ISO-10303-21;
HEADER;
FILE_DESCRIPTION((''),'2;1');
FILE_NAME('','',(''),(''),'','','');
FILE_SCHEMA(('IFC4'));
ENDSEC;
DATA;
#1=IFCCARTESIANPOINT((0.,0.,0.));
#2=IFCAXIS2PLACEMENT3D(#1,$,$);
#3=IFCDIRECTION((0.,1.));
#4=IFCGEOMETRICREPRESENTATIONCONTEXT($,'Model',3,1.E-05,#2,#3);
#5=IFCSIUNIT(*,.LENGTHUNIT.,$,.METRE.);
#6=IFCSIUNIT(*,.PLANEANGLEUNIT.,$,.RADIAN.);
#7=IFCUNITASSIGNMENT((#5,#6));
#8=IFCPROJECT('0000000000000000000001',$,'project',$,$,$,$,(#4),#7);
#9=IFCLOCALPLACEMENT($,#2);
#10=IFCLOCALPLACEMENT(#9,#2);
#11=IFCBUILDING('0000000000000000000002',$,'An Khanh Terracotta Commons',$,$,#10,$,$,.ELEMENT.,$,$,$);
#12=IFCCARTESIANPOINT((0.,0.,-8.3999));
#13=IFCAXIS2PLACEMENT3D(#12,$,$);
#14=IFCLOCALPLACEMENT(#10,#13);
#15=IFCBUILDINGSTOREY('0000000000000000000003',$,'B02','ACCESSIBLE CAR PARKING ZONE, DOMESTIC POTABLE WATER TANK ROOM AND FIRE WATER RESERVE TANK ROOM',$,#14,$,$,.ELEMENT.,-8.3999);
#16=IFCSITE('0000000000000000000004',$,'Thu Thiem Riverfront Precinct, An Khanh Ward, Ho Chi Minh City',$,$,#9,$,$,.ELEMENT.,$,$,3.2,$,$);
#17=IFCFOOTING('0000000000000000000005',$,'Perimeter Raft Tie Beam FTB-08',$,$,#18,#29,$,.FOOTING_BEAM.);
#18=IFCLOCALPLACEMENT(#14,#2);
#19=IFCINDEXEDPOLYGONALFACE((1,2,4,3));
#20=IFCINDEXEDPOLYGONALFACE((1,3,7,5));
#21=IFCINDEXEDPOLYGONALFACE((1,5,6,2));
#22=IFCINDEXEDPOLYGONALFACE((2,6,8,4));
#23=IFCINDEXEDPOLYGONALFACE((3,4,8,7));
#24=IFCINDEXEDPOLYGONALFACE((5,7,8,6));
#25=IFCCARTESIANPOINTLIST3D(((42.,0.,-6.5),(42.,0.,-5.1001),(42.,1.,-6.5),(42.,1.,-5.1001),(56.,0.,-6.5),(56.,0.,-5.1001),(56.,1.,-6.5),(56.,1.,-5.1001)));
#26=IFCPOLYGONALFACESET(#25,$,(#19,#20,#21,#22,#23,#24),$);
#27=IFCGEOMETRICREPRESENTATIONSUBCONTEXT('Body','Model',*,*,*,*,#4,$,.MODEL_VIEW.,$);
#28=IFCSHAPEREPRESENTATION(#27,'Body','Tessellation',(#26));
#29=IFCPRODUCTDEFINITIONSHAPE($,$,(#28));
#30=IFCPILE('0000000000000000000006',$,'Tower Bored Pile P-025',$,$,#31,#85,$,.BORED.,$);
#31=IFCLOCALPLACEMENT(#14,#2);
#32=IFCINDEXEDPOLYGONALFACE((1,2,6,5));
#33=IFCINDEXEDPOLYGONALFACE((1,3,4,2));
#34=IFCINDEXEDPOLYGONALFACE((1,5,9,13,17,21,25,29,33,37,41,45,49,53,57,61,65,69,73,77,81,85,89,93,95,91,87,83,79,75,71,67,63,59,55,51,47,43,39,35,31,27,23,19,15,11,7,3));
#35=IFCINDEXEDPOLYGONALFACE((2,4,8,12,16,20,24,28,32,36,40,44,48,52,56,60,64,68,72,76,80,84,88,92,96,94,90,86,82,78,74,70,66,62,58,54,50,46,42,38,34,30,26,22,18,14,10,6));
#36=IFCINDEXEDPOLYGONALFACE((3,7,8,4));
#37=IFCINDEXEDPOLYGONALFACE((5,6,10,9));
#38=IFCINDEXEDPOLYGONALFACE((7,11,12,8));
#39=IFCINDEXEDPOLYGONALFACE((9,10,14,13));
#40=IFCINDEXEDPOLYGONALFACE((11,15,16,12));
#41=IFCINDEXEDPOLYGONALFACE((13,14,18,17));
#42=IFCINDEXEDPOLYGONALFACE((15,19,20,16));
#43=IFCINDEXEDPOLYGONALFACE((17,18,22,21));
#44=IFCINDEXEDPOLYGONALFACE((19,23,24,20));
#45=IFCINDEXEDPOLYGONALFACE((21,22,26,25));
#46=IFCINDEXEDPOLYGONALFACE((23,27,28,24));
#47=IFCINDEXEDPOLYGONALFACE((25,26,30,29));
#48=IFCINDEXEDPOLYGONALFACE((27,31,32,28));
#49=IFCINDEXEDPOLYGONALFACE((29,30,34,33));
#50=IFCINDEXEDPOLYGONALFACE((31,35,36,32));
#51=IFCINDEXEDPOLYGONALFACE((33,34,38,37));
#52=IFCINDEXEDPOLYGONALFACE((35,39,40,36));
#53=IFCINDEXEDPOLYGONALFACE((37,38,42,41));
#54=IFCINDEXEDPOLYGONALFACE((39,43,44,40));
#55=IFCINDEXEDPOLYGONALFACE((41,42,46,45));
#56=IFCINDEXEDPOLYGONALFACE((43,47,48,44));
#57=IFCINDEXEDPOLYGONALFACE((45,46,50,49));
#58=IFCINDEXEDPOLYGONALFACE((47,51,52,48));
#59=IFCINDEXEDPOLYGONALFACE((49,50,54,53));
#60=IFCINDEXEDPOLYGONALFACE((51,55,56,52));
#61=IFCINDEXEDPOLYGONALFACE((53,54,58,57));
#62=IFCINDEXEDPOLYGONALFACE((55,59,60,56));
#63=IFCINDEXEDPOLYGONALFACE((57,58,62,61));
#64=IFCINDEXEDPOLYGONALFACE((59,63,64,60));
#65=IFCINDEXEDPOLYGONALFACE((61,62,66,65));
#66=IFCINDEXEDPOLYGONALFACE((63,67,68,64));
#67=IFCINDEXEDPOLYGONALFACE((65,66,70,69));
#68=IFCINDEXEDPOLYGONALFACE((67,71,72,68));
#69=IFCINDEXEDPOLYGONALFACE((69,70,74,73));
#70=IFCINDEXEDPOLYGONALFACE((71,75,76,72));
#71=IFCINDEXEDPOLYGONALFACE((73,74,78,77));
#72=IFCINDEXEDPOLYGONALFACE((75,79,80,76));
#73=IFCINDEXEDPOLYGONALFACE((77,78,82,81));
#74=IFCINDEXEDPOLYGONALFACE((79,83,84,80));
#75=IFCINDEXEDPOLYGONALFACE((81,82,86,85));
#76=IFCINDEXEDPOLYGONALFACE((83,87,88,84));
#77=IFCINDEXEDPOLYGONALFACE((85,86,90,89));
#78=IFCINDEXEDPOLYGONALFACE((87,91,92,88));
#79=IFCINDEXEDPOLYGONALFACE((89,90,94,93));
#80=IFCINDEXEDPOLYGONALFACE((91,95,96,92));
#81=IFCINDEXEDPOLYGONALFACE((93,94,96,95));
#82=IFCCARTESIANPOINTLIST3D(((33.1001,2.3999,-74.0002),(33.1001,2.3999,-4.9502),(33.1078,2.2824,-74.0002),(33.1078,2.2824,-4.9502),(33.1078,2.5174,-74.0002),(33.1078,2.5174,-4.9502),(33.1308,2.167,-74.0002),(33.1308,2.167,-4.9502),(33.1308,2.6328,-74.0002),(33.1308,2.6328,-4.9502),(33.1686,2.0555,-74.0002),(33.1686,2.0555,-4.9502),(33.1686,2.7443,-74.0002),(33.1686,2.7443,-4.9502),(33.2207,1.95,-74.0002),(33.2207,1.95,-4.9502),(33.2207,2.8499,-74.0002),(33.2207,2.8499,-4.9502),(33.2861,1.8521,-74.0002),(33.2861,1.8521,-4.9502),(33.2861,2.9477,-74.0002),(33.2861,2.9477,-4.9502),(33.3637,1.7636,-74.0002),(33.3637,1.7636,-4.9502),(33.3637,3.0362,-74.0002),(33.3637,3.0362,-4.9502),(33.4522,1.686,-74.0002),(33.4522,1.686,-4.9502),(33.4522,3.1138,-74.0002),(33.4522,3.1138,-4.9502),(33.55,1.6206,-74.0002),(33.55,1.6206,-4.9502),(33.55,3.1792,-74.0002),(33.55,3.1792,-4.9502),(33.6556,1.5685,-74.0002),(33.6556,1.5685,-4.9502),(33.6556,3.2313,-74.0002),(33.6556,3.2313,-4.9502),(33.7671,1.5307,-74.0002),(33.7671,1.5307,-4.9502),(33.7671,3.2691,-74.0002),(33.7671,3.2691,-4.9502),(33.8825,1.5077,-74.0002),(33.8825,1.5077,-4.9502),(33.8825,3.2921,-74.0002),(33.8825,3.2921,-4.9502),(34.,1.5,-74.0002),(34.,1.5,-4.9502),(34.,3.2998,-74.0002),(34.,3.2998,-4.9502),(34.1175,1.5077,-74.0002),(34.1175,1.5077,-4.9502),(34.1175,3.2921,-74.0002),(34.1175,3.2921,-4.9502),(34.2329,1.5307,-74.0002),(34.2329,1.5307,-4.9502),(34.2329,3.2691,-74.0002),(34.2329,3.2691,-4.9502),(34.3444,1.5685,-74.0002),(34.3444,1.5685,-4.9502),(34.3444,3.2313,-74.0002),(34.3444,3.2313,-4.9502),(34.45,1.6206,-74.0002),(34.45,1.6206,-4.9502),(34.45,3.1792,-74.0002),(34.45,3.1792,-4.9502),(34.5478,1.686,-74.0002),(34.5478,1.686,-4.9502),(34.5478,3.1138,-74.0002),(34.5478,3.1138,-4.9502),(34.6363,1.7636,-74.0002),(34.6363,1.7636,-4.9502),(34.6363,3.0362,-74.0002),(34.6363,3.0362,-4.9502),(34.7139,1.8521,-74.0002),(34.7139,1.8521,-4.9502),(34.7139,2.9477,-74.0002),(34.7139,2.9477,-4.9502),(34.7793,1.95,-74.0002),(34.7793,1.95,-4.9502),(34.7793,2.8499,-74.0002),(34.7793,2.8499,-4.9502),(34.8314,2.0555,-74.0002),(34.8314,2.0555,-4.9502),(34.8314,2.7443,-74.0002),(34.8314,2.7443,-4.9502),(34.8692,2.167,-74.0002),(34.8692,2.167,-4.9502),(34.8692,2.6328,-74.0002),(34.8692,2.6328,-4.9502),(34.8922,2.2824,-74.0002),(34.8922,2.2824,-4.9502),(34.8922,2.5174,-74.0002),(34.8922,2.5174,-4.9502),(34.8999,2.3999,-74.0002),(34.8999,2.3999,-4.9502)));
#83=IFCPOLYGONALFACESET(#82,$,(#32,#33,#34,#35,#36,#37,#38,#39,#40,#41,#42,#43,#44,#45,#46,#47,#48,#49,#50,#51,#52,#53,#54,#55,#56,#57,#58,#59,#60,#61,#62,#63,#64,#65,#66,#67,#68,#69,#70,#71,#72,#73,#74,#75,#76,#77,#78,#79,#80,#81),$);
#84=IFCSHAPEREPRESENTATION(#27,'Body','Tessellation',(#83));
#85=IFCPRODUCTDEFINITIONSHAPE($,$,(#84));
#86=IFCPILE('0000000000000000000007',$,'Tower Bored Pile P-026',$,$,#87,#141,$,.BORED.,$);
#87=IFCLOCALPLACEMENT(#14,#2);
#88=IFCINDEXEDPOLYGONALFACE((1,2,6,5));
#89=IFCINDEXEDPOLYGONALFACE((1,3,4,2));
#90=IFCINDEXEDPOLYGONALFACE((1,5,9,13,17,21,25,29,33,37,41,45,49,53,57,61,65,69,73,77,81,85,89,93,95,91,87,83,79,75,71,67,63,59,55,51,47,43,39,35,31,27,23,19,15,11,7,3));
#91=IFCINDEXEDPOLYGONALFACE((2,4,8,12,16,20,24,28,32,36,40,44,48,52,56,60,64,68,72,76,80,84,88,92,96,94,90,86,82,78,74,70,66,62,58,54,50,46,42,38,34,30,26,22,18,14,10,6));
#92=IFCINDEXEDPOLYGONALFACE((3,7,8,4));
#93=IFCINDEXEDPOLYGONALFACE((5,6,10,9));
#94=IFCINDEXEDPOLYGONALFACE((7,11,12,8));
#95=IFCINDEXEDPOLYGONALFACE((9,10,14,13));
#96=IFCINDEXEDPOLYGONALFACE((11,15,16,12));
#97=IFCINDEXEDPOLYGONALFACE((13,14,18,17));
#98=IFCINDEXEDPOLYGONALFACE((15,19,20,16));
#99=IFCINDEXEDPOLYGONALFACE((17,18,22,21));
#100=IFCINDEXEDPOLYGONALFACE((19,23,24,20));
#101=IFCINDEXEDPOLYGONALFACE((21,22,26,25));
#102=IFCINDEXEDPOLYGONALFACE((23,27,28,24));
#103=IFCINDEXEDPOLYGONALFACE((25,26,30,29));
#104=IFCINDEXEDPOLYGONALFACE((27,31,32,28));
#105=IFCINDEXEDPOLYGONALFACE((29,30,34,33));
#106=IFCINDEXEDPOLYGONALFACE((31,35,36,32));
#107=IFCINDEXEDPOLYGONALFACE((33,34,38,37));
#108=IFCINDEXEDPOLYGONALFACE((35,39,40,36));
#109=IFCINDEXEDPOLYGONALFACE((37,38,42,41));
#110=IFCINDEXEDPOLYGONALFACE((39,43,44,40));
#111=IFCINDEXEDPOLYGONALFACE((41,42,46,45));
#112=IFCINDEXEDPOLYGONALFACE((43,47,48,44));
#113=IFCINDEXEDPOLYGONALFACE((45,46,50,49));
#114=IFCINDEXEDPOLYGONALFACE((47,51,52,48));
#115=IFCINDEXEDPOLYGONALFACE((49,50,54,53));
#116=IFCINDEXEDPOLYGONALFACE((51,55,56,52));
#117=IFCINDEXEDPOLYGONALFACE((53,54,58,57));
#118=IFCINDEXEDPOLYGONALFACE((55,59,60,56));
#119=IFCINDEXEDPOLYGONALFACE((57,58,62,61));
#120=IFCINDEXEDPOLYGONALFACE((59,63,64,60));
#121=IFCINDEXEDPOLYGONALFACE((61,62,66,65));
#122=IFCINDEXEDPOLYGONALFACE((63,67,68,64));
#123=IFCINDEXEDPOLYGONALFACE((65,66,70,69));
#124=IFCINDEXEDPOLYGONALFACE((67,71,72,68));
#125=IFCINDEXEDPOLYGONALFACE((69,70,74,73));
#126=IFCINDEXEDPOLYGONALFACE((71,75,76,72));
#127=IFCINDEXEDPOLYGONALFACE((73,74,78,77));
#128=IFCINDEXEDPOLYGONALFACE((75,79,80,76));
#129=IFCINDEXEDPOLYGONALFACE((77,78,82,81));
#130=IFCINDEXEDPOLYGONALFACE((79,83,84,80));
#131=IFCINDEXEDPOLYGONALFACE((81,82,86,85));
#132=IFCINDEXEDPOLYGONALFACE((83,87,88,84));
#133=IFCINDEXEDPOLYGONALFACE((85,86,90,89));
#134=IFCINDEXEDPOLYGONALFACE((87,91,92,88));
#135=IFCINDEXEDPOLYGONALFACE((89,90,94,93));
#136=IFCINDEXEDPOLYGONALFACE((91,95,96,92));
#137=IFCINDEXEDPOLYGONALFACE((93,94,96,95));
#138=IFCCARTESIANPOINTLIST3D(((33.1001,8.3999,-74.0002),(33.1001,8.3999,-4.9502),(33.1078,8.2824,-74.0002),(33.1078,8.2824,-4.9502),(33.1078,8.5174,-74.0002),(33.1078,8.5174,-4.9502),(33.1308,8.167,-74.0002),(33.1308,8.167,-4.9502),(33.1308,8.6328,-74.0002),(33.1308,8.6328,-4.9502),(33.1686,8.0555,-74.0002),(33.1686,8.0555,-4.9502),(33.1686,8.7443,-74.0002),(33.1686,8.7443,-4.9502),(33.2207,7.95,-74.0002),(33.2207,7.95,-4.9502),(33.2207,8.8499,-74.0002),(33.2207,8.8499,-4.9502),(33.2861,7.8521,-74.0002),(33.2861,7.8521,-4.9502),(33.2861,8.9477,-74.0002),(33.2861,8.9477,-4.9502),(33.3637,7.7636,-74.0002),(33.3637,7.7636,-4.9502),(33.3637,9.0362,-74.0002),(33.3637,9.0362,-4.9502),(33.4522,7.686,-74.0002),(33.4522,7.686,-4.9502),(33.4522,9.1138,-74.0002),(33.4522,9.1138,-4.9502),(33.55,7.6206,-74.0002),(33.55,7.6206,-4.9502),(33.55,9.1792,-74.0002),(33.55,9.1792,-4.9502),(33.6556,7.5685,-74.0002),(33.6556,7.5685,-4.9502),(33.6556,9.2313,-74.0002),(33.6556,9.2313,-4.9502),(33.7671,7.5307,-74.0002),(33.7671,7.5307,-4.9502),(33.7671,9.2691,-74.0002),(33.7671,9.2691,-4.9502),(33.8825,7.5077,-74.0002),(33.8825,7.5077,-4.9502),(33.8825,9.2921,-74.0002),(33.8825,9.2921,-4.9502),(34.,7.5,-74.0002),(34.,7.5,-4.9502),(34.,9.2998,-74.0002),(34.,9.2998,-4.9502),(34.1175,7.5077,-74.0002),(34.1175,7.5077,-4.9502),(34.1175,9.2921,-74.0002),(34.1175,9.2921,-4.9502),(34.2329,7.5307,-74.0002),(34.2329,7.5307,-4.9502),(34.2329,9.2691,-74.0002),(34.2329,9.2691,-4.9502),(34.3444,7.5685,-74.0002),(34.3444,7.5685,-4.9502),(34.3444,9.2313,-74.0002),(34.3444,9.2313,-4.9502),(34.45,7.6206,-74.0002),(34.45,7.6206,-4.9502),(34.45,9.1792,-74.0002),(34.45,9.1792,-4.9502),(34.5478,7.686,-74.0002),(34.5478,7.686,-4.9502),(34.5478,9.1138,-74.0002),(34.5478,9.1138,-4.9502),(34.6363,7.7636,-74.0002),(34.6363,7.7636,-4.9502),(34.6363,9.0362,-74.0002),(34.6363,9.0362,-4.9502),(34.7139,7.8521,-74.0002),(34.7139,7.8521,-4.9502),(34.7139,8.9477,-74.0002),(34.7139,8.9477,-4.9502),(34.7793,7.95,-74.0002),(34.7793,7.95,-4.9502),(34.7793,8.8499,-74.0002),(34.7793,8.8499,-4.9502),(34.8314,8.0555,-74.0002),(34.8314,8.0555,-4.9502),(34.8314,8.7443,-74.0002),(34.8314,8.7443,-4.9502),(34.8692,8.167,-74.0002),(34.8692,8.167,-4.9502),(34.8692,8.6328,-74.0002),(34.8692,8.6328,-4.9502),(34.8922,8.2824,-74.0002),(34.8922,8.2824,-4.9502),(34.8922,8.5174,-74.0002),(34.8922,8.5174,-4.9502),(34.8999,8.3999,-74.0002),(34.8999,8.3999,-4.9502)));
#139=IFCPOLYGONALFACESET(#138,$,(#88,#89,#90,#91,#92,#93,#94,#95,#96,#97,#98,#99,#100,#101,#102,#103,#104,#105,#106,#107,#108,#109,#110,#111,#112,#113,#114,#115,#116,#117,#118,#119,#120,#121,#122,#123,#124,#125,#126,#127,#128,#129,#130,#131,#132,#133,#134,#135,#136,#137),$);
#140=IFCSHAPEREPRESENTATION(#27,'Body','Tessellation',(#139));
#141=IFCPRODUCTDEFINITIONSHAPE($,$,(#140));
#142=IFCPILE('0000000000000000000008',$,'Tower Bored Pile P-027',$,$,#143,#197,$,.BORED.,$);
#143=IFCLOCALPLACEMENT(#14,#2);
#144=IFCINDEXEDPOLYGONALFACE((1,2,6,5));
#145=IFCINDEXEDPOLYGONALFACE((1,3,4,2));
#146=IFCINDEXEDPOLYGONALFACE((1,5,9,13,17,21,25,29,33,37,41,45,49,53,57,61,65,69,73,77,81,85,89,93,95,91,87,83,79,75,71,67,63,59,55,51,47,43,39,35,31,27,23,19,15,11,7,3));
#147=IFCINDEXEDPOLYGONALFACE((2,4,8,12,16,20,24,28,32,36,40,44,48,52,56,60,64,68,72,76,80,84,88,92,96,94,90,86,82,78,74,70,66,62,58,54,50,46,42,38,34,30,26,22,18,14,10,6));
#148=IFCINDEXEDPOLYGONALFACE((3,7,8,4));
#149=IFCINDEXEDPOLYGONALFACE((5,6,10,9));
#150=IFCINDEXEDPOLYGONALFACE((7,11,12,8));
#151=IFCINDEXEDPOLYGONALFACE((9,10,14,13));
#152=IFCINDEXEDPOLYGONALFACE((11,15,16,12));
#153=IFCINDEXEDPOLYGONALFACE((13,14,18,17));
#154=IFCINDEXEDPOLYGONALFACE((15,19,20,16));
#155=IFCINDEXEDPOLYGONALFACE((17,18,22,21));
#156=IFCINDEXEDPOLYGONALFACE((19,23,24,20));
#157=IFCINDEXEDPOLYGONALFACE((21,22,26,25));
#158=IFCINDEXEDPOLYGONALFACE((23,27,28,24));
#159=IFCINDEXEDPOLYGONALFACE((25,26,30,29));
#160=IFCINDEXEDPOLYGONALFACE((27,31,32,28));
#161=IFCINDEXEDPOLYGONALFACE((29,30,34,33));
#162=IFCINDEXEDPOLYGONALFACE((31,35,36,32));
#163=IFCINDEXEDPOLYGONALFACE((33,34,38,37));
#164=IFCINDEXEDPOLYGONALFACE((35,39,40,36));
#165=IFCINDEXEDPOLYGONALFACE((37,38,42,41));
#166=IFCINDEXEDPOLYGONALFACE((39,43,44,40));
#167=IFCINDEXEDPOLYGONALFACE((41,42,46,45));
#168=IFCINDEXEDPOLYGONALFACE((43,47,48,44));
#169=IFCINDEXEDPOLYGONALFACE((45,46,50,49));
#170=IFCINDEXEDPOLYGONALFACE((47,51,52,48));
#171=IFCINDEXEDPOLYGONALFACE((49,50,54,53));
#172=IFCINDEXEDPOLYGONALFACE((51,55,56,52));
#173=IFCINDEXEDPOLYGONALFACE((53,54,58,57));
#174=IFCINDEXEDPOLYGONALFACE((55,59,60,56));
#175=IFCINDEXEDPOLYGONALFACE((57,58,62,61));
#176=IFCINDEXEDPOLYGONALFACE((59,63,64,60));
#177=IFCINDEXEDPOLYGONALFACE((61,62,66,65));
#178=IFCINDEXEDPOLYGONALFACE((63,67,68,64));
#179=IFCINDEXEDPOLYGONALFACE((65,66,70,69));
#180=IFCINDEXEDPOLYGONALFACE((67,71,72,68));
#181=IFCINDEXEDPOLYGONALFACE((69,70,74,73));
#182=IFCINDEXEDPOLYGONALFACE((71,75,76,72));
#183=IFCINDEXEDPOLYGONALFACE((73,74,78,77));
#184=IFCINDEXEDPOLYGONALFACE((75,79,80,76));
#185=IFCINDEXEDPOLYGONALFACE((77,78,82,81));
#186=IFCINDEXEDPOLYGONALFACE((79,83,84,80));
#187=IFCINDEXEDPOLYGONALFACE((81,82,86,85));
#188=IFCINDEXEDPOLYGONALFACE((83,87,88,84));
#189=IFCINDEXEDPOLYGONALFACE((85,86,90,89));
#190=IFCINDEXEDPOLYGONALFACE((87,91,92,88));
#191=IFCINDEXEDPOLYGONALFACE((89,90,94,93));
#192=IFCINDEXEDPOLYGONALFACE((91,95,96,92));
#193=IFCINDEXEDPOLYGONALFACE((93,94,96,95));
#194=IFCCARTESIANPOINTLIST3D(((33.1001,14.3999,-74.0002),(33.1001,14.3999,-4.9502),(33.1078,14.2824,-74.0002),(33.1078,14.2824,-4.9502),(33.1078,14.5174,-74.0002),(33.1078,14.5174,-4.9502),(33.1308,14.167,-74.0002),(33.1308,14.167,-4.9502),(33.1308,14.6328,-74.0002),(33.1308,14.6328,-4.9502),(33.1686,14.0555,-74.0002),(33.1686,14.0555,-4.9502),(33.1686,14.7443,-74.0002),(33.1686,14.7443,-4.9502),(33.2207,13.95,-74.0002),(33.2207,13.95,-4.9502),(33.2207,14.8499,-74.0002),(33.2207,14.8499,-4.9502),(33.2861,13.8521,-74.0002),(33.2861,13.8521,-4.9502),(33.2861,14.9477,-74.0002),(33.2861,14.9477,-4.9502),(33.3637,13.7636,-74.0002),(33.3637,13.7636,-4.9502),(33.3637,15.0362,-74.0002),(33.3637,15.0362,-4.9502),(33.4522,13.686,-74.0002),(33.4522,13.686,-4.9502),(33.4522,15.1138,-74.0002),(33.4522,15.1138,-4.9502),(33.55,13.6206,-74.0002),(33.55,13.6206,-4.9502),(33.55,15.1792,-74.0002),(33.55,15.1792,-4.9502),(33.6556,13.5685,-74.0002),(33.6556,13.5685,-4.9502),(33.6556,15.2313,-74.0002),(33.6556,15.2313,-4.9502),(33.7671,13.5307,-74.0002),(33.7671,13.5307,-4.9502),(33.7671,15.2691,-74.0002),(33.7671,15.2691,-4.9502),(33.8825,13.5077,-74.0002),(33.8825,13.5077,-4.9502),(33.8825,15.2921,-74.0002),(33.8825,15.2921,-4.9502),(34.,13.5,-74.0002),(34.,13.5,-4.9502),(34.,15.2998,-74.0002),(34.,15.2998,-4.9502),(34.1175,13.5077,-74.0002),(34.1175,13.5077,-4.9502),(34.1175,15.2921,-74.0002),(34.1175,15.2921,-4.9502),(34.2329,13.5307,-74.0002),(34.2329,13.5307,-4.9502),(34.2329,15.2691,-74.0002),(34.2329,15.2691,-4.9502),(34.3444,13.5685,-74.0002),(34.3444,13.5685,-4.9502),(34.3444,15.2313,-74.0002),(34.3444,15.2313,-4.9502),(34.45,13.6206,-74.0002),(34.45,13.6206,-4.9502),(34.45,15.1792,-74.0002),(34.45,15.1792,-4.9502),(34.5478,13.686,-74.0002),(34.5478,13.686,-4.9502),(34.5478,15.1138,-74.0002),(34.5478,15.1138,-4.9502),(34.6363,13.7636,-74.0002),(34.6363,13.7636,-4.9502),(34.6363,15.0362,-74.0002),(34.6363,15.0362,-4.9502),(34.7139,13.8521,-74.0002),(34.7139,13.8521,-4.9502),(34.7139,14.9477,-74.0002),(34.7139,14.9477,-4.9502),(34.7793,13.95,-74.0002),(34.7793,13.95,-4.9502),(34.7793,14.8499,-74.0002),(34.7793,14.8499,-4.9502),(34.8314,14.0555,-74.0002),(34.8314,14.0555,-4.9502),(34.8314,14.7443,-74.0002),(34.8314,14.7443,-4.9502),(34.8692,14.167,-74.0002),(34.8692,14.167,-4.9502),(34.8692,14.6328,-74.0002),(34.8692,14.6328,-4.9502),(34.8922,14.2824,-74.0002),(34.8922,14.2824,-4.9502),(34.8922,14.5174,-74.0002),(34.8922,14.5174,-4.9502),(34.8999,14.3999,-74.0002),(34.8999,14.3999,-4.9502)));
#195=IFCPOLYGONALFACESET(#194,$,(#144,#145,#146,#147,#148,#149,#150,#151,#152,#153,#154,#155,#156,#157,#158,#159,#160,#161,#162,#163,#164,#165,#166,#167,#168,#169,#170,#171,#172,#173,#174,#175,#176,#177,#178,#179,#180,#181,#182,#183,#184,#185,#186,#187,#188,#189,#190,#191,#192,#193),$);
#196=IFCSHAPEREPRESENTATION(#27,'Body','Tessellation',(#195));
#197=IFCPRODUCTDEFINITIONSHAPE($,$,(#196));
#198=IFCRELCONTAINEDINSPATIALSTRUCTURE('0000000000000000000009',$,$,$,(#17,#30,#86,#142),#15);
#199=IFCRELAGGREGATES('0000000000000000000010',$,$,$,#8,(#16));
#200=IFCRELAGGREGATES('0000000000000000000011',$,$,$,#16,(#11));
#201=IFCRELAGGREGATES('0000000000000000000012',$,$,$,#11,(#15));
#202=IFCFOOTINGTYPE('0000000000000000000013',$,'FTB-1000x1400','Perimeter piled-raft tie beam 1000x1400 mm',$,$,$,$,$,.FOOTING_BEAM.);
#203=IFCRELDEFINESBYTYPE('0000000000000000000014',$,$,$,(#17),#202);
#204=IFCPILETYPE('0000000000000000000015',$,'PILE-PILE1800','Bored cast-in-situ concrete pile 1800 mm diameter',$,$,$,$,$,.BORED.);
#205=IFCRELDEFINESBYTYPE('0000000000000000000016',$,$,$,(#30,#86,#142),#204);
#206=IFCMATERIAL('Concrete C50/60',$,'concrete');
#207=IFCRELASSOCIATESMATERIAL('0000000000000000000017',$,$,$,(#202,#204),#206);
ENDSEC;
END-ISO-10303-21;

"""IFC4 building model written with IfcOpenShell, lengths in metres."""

from ifc_helpers import new_model, si_unit, direction, frame, origin, origin_2d, place, context, subcontext, project, spatial, rectangle, circle, extrude, material, material_profile, profile_set, type_object, element, save


model = new_model("IFC4")

# Units and contexts
model_context = context("Model", 3, precision=1e-05, world=origin(), true_north=direction((0.0, 1.0)))
body_context = subcontext(model_context, "Body", "Model", "MODEL_VIEW")
ifc_project = project(units=[si_unit("LENGTHUNIT", "METRE"), si_unit("PLANEANGLEUNIT", "RADIAN")], contexts=[model_context])

# Site, building, storey
site_placement = place(None, origin())
site = spatial("IfcSite", under=ifc_project, at=site_placement, Name="Thu Thiem Riverfront Precinct, An Khanh Ward, Ho Chi Minh City", CompositionType="ELEMENT", RefElevation=3.2)
building_placement = place(site_placement, origin())
building = spatial("IfcBuilding", under=site, at=building_placement, Name="An Khanh Terracotta Commons", CompositionType="ELEMENT")
storey_placement = place(building_placement, frame((0.0, 0.0, -8.3999)))
storey = spatial("IfcBuildingStorey", under=building, at=storey_placement, Name="B02", Description="ACCESSIBLE CAR PARKING ZONE, DOMESTIC POTABLE WATER TANK ROOM AND FIRE WATER RESERVE TANK ROOM", CompositionType="ELEMENT", Elevation=-8.3999)

# Footing
ifc_material_1 = material(Name="Concrete C50/60", Category="concrete")
ifc_material_profile_1 = material_profile(ifc_material_1, rectangle(XDim=1.0, YDim=1.3999, at=origin_2d()), Name="FTB1000x1400")
ifc_profile_set_1 = profile_set([ifc_material_profile_1], Name="Concrete C50/60")
footing_type = type_object("IfcFootingType", Name="FTB-1000x1400", Description="Perimeter piled-raft tie beam 1000x1400 mm", PredefinedType="FOOTING_BEAM", material=ifc_profile_set_1)
footing_placement = place(storey_placement, frame((42.0, 0.5, -5.8), z_axis=(1.0, 0.0, 0.0), x_axis=(0.0, 1.0, 0.0)))
element("IfcFooting", 1, at=footing_placement, inside=storey, type_object=footing_type, Name="Perimeter Raft Tie Beam FTB-08", PredefinedType="FOOTING_BEAM", context=body_context, shape_type="SweptSolid", body=[
    extrude(rectangle(XDim=1.0, YDim=1.3999, at=origin_2d()), origin(), (0.0, 0.0, 1.0), 14.0),
])

# Piles
ifc_material_profile_2 = material_profile(ifc_material_1, circle(Radius=0.8999, at=origin_2d()), Name="PILE1800")
ifc_profile_set_2 = profile_set([ifc_material_profile_2], Name="Concrete C50/60")
pile_type = type_object("IfcPileType", Name="PILE-PILE1800", Description="Bored cast-in-situ concrete pile 1800 mm diameter", PredefinedType="BORED", material=ifc_profile_set_2)
for number, where, z_axis, x_axis, name in (
    (2, (34.0, 2.3999, -4.9502), (0.0, 0.0, -1.0), (1.0, 0.0, 0.0), "Tower Bored Pile P-025"),
    (3, (34.0, 8.3999, -4.9502), (0.0, 0.0, -1.0), (1.0, 0.0, 0.0), "Tower Bored Pile P-026"),
    (4, (34.0, 14.3999, -4.9502), (0.0, 0.0, -1.0), (1.0, 0.0, 0.0), "Tower Bored Pile P-027"),
):
    element("IfcPile", number, at=place(storey_placement, frame(where, z_axis=z_axis, x_axis=x_axis)), inside=storey, type_object=pile_type, Name=name, PredefinedType="BORED", context=body_context, shape_type="SweptSolid", body=[
        extrude(circle(Radius=0.8999, at=origin_2d()), origin(), (0.0, 0.0, 1.0), 69.05),
    ])

save(model, "model.ifc")
